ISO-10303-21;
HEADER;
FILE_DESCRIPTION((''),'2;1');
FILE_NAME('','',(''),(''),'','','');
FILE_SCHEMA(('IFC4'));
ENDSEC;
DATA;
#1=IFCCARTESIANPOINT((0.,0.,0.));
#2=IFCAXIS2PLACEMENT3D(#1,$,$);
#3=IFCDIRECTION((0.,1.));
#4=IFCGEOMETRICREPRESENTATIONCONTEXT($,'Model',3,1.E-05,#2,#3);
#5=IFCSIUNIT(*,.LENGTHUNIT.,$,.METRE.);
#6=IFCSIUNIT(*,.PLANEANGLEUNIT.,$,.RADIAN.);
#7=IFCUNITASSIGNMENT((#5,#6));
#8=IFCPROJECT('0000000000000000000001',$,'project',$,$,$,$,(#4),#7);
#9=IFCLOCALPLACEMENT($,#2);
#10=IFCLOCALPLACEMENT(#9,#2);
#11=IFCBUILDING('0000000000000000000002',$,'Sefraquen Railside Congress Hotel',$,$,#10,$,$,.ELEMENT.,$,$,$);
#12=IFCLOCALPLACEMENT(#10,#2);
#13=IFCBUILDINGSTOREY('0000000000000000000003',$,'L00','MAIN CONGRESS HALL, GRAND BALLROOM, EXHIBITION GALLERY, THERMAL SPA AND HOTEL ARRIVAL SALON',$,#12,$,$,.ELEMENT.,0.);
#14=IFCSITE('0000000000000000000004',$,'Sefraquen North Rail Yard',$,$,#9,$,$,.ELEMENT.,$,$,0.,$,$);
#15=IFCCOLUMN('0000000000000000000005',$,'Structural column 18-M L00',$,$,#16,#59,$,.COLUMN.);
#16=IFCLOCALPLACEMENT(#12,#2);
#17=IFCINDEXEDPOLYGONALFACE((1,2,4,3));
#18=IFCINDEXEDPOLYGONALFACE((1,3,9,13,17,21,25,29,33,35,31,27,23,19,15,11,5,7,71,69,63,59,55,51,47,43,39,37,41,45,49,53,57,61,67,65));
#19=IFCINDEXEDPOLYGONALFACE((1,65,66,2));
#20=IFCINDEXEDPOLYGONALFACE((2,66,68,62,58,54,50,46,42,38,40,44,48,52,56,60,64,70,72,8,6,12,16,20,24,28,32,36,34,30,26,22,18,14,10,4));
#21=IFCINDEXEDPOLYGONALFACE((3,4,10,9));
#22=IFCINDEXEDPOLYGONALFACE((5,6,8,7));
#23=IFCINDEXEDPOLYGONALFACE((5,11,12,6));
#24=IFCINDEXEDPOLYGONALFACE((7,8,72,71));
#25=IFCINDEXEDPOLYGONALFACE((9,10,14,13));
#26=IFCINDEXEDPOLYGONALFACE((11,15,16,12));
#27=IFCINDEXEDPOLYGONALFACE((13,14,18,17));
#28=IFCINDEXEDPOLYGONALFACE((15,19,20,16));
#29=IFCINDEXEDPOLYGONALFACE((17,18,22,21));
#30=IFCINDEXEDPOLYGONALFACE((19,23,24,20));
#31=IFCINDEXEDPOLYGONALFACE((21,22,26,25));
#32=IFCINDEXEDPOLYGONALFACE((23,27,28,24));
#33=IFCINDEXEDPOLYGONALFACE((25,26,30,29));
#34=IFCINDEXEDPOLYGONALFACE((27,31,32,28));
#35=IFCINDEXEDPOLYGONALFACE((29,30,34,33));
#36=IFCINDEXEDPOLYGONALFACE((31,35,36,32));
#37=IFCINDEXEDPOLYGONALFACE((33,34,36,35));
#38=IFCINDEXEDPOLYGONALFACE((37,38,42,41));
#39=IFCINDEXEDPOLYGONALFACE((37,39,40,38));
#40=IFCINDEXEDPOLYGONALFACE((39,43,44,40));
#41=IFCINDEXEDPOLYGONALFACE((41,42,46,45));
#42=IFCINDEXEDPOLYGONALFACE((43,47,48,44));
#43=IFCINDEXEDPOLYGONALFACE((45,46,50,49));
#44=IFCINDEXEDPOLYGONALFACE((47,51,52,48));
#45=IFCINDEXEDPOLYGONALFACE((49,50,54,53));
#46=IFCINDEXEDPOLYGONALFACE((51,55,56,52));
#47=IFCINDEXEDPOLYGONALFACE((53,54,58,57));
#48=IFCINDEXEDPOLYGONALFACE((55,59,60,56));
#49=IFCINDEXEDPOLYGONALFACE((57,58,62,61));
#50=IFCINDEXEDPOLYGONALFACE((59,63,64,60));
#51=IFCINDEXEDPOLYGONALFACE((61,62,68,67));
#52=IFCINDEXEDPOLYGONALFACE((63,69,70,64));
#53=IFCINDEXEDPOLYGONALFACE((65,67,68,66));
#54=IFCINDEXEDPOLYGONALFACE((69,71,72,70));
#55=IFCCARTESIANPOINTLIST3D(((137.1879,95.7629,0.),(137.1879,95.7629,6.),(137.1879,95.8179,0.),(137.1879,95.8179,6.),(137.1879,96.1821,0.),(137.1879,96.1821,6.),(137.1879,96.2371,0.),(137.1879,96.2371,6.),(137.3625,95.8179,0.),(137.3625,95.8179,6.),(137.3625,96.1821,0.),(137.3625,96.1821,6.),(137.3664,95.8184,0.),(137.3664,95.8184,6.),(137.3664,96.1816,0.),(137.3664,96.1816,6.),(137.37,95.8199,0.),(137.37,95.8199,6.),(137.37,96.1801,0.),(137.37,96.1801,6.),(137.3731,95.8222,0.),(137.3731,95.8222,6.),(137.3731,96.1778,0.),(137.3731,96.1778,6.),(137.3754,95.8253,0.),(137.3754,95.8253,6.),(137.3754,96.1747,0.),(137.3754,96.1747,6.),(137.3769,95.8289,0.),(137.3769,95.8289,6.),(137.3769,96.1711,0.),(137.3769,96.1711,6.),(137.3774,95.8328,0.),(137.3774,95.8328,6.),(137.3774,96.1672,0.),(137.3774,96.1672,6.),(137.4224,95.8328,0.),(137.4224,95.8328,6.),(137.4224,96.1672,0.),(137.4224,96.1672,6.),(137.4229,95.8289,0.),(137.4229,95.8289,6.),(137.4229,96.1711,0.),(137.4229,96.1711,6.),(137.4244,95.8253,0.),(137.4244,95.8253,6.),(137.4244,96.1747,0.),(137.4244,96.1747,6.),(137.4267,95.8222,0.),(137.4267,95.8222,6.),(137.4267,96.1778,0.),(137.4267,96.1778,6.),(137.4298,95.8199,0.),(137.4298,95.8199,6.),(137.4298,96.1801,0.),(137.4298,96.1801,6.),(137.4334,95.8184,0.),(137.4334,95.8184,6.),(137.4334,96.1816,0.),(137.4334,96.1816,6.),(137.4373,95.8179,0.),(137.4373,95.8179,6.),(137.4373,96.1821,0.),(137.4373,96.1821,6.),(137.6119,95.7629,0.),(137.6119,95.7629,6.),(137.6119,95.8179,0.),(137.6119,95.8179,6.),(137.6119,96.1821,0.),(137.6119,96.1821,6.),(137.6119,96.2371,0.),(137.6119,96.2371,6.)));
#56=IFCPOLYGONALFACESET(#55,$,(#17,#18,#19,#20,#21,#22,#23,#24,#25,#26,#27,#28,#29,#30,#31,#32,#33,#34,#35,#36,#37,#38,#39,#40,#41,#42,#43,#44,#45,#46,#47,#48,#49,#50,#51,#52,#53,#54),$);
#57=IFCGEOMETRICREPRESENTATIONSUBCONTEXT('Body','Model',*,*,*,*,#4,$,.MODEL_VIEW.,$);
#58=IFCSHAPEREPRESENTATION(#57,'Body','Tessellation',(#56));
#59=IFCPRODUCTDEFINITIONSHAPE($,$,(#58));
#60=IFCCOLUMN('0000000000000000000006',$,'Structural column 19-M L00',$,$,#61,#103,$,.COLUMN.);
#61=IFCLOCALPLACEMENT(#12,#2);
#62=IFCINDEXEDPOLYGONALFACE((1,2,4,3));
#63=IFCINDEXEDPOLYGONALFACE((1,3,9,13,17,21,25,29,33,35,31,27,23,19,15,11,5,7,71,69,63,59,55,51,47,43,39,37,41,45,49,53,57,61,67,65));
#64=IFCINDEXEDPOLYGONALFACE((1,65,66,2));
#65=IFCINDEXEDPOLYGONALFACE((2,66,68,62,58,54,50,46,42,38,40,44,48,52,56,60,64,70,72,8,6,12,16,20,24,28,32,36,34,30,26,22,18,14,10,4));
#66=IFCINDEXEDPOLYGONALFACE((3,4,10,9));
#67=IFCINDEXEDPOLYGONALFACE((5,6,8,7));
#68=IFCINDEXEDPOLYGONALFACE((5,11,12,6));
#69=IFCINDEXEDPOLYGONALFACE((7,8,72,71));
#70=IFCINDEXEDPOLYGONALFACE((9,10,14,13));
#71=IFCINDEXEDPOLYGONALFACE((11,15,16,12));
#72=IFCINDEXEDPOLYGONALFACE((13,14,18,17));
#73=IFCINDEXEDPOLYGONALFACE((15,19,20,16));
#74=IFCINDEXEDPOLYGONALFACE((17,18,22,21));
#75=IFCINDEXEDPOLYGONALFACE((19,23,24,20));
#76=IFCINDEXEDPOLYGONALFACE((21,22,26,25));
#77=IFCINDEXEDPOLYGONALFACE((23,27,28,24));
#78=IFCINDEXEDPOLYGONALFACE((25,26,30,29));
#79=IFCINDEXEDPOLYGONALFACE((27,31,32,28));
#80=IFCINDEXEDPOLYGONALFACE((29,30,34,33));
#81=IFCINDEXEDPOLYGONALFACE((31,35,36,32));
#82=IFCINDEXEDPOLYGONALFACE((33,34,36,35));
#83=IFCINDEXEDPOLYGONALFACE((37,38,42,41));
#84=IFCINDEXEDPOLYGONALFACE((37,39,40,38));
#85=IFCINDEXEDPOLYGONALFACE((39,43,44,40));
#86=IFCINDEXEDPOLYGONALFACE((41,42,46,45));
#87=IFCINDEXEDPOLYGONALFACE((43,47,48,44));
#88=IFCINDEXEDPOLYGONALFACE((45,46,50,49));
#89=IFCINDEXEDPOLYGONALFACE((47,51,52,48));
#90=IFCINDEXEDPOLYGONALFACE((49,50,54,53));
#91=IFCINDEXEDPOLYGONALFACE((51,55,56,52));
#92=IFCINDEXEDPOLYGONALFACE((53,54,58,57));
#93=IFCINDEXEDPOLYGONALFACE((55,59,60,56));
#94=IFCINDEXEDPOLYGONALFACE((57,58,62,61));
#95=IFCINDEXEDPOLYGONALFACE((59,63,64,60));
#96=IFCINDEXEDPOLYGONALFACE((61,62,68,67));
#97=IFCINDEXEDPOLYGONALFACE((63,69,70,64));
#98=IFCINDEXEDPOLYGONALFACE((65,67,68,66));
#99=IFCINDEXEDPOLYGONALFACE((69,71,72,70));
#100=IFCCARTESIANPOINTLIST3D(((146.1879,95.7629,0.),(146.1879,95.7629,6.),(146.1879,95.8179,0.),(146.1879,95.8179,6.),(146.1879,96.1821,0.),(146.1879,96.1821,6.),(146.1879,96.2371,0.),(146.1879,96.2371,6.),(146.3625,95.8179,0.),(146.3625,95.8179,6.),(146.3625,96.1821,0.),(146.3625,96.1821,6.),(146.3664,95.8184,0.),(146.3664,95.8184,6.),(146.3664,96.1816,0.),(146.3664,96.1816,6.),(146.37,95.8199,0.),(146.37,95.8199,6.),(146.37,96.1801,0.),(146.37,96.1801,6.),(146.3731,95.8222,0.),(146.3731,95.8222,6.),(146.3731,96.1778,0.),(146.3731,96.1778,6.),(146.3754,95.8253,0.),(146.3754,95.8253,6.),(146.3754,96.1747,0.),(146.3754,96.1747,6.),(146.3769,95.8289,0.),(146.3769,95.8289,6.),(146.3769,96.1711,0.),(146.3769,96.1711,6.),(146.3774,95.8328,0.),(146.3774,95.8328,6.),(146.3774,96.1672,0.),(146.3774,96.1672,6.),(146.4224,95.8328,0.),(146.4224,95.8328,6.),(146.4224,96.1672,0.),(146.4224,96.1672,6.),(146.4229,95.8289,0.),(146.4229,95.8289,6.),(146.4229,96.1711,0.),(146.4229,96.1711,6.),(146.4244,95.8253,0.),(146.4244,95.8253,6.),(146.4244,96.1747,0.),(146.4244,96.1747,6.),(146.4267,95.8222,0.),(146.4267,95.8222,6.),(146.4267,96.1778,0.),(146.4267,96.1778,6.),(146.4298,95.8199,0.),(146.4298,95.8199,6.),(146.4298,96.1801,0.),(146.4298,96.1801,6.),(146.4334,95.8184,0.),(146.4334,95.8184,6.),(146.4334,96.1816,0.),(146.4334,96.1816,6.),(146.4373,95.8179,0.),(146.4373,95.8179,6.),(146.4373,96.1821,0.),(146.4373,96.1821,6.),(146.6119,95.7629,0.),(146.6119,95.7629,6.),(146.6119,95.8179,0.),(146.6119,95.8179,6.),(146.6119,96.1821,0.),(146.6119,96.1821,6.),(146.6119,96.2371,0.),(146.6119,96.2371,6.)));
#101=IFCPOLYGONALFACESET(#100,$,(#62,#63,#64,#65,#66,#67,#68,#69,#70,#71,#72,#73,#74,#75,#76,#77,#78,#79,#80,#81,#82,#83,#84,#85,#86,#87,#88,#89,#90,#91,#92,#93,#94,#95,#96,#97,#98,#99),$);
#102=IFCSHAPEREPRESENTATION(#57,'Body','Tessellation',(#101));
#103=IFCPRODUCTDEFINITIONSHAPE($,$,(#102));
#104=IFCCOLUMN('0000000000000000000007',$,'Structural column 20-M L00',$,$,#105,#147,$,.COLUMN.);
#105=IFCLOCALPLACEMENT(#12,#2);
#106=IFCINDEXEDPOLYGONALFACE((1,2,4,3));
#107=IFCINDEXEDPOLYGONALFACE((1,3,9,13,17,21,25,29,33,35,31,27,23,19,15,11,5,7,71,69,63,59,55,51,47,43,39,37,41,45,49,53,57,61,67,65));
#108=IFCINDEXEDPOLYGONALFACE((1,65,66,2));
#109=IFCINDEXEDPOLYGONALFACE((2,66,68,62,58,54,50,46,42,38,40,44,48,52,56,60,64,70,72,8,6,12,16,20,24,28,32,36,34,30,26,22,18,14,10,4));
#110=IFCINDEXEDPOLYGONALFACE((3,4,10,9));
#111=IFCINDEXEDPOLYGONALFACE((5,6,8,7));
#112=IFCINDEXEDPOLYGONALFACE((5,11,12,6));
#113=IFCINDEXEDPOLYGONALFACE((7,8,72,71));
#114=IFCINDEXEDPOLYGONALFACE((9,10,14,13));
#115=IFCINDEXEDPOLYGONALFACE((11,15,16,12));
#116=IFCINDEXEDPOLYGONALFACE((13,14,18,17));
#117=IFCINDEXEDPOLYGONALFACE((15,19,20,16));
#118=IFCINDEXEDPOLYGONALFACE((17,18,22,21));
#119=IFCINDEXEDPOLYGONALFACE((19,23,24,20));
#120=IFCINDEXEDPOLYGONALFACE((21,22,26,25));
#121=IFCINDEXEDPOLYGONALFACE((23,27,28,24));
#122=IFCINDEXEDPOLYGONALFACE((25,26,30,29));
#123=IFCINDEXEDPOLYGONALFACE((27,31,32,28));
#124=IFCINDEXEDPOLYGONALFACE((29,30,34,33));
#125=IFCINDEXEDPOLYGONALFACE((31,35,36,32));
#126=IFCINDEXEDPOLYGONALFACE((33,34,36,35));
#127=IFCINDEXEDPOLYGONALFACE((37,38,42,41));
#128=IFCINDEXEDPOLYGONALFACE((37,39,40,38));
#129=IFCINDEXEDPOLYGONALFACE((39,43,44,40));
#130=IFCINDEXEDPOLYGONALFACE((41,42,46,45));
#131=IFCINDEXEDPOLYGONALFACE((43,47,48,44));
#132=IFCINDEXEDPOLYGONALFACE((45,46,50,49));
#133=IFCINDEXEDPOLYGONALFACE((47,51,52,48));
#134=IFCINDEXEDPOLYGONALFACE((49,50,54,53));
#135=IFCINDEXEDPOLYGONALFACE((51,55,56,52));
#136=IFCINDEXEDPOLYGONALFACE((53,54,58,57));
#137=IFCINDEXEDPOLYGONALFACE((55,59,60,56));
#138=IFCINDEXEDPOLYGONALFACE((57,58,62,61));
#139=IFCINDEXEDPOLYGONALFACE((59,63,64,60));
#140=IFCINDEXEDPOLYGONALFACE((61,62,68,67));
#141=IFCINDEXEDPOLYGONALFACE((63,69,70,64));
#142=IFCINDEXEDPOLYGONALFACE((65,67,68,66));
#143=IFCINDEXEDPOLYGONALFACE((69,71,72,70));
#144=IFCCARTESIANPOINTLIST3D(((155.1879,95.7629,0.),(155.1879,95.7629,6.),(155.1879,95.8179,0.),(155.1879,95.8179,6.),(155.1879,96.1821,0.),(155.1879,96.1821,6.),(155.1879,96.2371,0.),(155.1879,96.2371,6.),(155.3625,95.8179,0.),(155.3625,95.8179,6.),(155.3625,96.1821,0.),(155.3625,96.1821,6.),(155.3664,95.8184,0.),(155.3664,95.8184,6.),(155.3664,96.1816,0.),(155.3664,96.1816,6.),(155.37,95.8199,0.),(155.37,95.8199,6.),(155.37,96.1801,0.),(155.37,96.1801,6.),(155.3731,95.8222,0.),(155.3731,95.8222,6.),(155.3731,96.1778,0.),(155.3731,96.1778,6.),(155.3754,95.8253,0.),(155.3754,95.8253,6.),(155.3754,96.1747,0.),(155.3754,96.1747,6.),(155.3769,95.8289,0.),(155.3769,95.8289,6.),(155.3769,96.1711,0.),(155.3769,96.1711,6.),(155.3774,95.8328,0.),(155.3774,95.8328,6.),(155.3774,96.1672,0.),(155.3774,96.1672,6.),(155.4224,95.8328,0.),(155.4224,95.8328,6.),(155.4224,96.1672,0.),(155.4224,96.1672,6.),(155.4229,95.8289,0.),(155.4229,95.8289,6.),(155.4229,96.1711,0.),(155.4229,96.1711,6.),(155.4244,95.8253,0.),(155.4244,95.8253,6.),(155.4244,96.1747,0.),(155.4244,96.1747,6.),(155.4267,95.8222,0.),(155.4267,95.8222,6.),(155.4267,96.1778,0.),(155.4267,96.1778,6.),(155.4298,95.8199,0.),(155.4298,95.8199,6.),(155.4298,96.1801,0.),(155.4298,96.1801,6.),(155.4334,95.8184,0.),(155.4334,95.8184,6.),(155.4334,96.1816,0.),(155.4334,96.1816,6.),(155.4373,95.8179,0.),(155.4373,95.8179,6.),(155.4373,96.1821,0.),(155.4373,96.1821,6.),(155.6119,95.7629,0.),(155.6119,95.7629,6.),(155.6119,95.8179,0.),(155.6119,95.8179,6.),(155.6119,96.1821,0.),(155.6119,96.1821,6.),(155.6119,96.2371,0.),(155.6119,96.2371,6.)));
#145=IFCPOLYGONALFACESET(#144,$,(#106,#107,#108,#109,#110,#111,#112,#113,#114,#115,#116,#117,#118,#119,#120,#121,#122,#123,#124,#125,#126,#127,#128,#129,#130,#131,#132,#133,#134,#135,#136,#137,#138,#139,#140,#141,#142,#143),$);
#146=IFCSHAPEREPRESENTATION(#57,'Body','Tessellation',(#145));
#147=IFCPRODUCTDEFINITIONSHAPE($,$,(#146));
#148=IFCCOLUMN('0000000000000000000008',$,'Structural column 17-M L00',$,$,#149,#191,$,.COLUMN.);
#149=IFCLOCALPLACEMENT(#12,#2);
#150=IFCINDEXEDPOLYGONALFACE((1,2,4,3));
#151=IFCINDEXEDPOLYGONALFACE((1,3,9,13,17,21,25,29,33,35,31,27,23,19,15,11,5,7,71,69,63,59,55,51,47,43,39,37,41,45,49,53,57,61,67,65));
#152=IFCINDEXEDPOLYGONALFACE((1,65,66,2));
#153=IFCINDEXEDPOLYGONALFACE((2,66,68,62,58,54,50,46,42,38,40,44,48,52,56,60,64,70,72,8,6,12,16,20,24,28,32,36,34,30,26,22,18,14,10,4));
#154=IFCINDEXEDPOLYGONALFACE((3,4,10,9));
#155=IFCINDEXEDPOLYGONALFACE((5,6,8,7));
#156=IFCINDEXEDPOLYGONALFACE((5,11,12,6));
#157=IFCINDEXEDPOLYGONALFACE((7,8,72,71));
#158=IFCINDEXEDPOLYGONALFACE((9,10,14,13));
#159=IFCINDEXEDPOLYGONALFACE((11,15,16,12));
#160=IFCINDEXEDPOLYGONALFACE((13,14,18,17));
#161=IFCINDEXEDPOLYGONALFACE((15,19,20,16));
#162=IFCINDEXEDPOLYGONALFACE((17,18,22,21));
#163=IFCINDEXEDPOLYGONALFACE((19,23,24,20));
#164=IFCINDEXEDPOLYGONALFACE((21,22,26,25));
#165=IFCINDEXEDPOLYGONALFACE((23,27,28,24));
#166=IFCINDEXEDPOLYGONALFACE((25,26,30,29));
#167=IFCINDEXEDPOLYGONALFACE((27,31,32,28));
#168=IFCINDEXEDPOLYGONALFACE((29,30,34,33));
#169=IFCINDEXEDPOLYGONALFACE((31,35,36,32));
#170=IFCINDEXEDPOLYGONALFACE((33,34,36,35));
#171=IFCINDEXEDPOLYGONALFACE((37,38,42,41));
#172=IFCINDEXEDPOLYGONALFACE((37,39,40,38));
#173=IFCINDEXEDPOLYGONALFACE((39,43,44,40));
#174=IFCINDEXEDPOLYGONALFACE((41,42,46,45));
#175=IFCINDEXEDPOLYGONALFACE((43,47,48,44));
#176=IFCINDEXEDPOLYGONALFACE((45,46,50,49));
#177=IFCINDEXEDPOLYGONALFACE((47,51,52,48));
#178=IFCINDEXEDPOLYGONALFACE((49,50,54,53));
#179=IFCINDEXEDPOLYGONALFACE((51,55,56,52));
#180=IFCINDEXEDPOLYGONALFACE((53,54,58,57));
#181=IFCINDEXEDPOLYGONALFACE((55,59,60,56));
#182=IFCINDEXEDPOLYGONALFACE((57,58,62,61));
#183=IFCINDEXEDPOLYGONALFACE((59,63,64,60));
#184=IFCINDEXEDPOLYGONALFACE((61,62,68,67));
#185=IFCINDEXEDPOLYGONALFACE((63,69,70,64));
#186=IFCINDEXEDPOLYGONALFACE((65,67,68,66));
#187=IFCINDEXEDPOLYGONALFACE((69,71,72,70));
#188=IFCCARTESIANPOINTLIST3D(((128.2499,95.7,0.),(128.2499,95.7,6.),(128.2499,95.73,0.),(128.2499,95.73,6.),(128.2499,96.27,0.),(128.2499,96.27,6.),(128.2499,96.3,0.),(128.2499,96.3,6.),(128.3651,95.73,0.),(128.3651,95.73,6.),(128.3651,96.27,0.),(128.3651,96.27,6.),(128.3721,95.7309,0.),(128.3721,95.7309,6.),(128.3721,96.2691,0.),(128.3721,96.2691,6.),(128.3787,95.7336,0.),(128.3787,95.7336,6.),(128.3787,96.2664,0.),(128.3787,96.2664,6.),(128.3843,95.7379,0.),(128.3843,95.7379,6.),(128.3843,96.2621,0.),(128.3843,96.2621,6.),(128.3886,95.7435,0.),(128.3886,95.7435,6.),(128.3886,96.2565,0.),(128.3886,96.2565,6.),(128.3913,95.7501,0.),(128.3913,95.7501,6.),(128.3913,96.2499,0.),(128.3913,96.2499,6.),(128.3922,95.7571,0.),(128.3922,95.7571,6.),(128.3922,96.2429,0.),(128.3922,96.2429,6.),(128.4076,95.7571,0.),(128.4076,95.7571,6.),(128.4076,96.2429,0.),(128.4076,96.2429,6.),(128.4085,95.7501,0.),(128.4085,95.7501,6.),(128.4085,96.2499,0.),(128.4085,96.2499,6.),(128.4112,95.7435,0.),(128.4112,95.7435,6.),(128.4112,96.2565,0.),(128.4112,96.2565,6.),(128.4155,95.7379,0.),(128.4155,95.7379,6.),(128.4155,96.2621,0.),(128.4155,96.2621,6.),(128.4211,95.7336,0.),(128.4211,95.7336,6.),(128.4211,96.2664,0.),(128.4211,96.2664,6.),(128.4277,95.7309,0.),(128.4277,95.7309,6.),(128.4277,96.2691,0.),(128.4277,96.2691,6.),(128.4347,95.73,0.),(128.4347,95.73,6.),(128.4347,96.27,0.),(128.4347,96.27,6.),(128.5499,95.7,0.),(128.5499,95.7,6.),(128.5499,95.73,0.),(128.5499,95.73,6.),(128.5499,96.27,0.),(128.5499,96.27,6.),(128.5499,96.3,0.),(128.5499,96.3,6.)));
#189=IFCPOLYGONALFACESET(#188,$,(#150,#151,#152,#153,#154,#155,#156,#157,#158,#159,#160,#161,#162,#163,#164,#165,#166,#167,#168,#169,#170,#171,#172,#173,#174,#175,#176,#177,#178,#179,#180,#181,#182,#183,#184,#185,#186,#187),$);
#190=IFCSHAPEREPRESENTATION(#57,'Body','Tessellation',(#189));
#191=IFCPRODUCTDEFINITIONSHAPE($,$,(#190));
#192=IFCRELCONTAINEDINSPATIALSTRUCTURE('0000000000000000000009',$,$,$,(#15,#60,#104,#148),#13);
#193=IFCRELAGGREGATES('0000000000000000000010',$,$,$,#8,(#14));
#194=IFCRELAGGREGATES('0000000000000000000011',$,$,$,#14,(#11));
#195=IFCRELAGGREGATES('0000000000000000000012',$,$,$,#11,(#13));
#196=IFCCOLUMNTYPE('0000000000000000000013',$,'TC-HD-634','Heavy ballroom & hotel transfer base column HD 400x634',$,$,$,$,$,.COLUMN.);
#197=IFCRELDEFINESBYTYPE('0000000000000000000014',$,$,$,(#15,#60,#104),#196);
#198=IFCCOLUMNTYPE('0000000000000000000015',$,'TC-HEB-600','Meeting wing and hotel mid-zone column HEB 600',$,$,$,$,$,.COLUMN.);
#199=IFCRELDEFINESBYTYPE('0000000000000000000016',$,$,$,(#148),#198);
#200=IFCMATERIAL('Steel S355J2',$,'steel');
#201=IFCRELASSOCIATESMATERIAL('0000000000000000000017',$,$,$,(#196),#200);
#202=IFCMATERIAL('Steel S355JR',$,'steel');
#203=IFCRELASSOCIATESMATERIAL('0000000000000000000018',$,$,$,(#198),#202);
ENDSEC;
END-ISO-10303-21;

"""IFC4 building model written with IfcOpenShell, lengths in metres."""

from ifc_helpers import new_model, si_unit, direction, frame, origin, origin_2d, place, context, subcontext, project, spatial, i_section, extrude, material, material_profile, profile_set, type_object, element, save


model = new_model("IFC4")

# Units and contexts
model_context = context("Model", 3, precision=1e-05, world=origin(), true_north=direction((0.0, 1.0)))
body_context = subcontext(model_context, "Body", "Model", "MODEL_VIEW")
ifc_project = project(units=[si_unit("LENGTHUNIT", "METRE"), si_unit("PLANEANGLEUNIT", "RADIAN")], contexts=[model_context])

# Site, building, storey
site_placement = place(None, origin())
site = spatial("IfcSite", under=ifc_project, at=site_placement, Name="Sefraquen North Rail Yard", CompositionType="ELEMENT", RefElevation=0.0)
building_placement = place(site_placement, origin())
building = spatial("IfcBuilding", under=site, at=building_placement, Name="Sefraquen Railside Congress Hotel", CompositionType="ELEMENT")
storey_placement = place(building_placement, origin())
storey = spatial("IfcBuildingStorey", under=building, at=storey_placement, Name="L00", Description="MAIN CONGRESS HALL, GRAND BALLROOM, EXHIBITION GALLERY, THERMAL SPA AND HOTEL ARRIVAL SALON", CompositionType="ELEMENT", Elevation=0.0)

# Columns
ifc_material_1 = material(Name="Steel S355J2", Category="steel")
ifc_material_profile_1 = material_profile(ifc_material_1, i_section(OverallWidth=0.4241, OverallDepth=0.4741, WebThickness=0.0449, FlangeThickness=0.0549, FilletRadius=0.0149, at=origin_2d()), Name="HD 400x634")
ifc_profile_set_1 = profile_set([ifc_material_profile_1], Name="Steel S355J2")
column_type_1 = type_object("IfcColumnType", Name="TC-HD-634", Description="Heavy ballroom & hotel transfer base column HD 400x634", PredefinedType="COLUMN", material=ifc_profile_set_1)
for number, where, z_axis, x_axis, name in (
    (1, (137.3999, 96.0, 0.0), (0.0, 0.0, 1.0), (1.0, 0.0, 0.0), "Structural column 18-M L00"),
    (2, (146.3999, 96.0, 0.0), (0.0, 0.0, 1.0), (1.0, 0.0, 0.0), "Structural column 19-M L00"),
    (3, (155.3999, 96.0, 0.0), (0.0, 0.0, 1.0), (1.0, 0.0, 0.0), "Structural column 20-M L00"),
):
    element("IfcColumn", number, at=place(storey_placement, frame(where, z_axis=z_axis, x_axis=x_axis)), inside=storey, type_object=column_type_1, Name=name, PredefinedType="COLUMN", context=body_context, shape_type="SweptSolid", body=[
        extrude(i_section(OverallWidth=0.4241, OverallDepth=0.4741, WebThickness=0.0449, FlangeThickness=0.0549, FilletRadius=0.0149, at=origin_2d()), origin(), (0.0, 0.0, 1.0), 6.0),
    ])
ifc_material_2 = material(Name="Steel S355JR", Category="steel")
ifc_material_profile_2 = material_profile(ifc_material_2, i_section(OverallWidth=0.3, OverallDepth=0.6001, WebThickness=0.0154, FlangeThickness=0.03, FilletRadius=0.0271, at=origin_2d()), Name="HEB 600")
ifc_profile_set_2 = profile_set([ifc_material_profile_2], Name="Steel S355JR")
column_type_2 = type_object("IfcColumnType", Name="TC-HEB-600", Description="Meeting wing and hotel mid-zone column HEB 600", PredefinedType="COLUMN", material=ifc_profile_set_2)
column_1_placement = place(storey_placement, frame((128.3999, 96.0, 0.0), z_axis=(0.0, 0.0, 1.0), x_axis=(1.0, 0.0, 0.0)))
element("IfcColumn", 4, at=column_1_placement, inside=storey, type_object=column_type_2, Name="Structural column 17-M L00", PredefinedType="COLUMN", context=body_context, shape_type="SweptSolid", body=[
    extrude(i_section(OverallWidth=0.3, OverallDepth=0.6001, WebThickness=0.0154, FlangeThickness=0.03, FilletRadius=0.0271, at=origin_2d()), origin(), (0.0, 0.0, 1.0), 6.0),
])

save(model, "model.ifc")
